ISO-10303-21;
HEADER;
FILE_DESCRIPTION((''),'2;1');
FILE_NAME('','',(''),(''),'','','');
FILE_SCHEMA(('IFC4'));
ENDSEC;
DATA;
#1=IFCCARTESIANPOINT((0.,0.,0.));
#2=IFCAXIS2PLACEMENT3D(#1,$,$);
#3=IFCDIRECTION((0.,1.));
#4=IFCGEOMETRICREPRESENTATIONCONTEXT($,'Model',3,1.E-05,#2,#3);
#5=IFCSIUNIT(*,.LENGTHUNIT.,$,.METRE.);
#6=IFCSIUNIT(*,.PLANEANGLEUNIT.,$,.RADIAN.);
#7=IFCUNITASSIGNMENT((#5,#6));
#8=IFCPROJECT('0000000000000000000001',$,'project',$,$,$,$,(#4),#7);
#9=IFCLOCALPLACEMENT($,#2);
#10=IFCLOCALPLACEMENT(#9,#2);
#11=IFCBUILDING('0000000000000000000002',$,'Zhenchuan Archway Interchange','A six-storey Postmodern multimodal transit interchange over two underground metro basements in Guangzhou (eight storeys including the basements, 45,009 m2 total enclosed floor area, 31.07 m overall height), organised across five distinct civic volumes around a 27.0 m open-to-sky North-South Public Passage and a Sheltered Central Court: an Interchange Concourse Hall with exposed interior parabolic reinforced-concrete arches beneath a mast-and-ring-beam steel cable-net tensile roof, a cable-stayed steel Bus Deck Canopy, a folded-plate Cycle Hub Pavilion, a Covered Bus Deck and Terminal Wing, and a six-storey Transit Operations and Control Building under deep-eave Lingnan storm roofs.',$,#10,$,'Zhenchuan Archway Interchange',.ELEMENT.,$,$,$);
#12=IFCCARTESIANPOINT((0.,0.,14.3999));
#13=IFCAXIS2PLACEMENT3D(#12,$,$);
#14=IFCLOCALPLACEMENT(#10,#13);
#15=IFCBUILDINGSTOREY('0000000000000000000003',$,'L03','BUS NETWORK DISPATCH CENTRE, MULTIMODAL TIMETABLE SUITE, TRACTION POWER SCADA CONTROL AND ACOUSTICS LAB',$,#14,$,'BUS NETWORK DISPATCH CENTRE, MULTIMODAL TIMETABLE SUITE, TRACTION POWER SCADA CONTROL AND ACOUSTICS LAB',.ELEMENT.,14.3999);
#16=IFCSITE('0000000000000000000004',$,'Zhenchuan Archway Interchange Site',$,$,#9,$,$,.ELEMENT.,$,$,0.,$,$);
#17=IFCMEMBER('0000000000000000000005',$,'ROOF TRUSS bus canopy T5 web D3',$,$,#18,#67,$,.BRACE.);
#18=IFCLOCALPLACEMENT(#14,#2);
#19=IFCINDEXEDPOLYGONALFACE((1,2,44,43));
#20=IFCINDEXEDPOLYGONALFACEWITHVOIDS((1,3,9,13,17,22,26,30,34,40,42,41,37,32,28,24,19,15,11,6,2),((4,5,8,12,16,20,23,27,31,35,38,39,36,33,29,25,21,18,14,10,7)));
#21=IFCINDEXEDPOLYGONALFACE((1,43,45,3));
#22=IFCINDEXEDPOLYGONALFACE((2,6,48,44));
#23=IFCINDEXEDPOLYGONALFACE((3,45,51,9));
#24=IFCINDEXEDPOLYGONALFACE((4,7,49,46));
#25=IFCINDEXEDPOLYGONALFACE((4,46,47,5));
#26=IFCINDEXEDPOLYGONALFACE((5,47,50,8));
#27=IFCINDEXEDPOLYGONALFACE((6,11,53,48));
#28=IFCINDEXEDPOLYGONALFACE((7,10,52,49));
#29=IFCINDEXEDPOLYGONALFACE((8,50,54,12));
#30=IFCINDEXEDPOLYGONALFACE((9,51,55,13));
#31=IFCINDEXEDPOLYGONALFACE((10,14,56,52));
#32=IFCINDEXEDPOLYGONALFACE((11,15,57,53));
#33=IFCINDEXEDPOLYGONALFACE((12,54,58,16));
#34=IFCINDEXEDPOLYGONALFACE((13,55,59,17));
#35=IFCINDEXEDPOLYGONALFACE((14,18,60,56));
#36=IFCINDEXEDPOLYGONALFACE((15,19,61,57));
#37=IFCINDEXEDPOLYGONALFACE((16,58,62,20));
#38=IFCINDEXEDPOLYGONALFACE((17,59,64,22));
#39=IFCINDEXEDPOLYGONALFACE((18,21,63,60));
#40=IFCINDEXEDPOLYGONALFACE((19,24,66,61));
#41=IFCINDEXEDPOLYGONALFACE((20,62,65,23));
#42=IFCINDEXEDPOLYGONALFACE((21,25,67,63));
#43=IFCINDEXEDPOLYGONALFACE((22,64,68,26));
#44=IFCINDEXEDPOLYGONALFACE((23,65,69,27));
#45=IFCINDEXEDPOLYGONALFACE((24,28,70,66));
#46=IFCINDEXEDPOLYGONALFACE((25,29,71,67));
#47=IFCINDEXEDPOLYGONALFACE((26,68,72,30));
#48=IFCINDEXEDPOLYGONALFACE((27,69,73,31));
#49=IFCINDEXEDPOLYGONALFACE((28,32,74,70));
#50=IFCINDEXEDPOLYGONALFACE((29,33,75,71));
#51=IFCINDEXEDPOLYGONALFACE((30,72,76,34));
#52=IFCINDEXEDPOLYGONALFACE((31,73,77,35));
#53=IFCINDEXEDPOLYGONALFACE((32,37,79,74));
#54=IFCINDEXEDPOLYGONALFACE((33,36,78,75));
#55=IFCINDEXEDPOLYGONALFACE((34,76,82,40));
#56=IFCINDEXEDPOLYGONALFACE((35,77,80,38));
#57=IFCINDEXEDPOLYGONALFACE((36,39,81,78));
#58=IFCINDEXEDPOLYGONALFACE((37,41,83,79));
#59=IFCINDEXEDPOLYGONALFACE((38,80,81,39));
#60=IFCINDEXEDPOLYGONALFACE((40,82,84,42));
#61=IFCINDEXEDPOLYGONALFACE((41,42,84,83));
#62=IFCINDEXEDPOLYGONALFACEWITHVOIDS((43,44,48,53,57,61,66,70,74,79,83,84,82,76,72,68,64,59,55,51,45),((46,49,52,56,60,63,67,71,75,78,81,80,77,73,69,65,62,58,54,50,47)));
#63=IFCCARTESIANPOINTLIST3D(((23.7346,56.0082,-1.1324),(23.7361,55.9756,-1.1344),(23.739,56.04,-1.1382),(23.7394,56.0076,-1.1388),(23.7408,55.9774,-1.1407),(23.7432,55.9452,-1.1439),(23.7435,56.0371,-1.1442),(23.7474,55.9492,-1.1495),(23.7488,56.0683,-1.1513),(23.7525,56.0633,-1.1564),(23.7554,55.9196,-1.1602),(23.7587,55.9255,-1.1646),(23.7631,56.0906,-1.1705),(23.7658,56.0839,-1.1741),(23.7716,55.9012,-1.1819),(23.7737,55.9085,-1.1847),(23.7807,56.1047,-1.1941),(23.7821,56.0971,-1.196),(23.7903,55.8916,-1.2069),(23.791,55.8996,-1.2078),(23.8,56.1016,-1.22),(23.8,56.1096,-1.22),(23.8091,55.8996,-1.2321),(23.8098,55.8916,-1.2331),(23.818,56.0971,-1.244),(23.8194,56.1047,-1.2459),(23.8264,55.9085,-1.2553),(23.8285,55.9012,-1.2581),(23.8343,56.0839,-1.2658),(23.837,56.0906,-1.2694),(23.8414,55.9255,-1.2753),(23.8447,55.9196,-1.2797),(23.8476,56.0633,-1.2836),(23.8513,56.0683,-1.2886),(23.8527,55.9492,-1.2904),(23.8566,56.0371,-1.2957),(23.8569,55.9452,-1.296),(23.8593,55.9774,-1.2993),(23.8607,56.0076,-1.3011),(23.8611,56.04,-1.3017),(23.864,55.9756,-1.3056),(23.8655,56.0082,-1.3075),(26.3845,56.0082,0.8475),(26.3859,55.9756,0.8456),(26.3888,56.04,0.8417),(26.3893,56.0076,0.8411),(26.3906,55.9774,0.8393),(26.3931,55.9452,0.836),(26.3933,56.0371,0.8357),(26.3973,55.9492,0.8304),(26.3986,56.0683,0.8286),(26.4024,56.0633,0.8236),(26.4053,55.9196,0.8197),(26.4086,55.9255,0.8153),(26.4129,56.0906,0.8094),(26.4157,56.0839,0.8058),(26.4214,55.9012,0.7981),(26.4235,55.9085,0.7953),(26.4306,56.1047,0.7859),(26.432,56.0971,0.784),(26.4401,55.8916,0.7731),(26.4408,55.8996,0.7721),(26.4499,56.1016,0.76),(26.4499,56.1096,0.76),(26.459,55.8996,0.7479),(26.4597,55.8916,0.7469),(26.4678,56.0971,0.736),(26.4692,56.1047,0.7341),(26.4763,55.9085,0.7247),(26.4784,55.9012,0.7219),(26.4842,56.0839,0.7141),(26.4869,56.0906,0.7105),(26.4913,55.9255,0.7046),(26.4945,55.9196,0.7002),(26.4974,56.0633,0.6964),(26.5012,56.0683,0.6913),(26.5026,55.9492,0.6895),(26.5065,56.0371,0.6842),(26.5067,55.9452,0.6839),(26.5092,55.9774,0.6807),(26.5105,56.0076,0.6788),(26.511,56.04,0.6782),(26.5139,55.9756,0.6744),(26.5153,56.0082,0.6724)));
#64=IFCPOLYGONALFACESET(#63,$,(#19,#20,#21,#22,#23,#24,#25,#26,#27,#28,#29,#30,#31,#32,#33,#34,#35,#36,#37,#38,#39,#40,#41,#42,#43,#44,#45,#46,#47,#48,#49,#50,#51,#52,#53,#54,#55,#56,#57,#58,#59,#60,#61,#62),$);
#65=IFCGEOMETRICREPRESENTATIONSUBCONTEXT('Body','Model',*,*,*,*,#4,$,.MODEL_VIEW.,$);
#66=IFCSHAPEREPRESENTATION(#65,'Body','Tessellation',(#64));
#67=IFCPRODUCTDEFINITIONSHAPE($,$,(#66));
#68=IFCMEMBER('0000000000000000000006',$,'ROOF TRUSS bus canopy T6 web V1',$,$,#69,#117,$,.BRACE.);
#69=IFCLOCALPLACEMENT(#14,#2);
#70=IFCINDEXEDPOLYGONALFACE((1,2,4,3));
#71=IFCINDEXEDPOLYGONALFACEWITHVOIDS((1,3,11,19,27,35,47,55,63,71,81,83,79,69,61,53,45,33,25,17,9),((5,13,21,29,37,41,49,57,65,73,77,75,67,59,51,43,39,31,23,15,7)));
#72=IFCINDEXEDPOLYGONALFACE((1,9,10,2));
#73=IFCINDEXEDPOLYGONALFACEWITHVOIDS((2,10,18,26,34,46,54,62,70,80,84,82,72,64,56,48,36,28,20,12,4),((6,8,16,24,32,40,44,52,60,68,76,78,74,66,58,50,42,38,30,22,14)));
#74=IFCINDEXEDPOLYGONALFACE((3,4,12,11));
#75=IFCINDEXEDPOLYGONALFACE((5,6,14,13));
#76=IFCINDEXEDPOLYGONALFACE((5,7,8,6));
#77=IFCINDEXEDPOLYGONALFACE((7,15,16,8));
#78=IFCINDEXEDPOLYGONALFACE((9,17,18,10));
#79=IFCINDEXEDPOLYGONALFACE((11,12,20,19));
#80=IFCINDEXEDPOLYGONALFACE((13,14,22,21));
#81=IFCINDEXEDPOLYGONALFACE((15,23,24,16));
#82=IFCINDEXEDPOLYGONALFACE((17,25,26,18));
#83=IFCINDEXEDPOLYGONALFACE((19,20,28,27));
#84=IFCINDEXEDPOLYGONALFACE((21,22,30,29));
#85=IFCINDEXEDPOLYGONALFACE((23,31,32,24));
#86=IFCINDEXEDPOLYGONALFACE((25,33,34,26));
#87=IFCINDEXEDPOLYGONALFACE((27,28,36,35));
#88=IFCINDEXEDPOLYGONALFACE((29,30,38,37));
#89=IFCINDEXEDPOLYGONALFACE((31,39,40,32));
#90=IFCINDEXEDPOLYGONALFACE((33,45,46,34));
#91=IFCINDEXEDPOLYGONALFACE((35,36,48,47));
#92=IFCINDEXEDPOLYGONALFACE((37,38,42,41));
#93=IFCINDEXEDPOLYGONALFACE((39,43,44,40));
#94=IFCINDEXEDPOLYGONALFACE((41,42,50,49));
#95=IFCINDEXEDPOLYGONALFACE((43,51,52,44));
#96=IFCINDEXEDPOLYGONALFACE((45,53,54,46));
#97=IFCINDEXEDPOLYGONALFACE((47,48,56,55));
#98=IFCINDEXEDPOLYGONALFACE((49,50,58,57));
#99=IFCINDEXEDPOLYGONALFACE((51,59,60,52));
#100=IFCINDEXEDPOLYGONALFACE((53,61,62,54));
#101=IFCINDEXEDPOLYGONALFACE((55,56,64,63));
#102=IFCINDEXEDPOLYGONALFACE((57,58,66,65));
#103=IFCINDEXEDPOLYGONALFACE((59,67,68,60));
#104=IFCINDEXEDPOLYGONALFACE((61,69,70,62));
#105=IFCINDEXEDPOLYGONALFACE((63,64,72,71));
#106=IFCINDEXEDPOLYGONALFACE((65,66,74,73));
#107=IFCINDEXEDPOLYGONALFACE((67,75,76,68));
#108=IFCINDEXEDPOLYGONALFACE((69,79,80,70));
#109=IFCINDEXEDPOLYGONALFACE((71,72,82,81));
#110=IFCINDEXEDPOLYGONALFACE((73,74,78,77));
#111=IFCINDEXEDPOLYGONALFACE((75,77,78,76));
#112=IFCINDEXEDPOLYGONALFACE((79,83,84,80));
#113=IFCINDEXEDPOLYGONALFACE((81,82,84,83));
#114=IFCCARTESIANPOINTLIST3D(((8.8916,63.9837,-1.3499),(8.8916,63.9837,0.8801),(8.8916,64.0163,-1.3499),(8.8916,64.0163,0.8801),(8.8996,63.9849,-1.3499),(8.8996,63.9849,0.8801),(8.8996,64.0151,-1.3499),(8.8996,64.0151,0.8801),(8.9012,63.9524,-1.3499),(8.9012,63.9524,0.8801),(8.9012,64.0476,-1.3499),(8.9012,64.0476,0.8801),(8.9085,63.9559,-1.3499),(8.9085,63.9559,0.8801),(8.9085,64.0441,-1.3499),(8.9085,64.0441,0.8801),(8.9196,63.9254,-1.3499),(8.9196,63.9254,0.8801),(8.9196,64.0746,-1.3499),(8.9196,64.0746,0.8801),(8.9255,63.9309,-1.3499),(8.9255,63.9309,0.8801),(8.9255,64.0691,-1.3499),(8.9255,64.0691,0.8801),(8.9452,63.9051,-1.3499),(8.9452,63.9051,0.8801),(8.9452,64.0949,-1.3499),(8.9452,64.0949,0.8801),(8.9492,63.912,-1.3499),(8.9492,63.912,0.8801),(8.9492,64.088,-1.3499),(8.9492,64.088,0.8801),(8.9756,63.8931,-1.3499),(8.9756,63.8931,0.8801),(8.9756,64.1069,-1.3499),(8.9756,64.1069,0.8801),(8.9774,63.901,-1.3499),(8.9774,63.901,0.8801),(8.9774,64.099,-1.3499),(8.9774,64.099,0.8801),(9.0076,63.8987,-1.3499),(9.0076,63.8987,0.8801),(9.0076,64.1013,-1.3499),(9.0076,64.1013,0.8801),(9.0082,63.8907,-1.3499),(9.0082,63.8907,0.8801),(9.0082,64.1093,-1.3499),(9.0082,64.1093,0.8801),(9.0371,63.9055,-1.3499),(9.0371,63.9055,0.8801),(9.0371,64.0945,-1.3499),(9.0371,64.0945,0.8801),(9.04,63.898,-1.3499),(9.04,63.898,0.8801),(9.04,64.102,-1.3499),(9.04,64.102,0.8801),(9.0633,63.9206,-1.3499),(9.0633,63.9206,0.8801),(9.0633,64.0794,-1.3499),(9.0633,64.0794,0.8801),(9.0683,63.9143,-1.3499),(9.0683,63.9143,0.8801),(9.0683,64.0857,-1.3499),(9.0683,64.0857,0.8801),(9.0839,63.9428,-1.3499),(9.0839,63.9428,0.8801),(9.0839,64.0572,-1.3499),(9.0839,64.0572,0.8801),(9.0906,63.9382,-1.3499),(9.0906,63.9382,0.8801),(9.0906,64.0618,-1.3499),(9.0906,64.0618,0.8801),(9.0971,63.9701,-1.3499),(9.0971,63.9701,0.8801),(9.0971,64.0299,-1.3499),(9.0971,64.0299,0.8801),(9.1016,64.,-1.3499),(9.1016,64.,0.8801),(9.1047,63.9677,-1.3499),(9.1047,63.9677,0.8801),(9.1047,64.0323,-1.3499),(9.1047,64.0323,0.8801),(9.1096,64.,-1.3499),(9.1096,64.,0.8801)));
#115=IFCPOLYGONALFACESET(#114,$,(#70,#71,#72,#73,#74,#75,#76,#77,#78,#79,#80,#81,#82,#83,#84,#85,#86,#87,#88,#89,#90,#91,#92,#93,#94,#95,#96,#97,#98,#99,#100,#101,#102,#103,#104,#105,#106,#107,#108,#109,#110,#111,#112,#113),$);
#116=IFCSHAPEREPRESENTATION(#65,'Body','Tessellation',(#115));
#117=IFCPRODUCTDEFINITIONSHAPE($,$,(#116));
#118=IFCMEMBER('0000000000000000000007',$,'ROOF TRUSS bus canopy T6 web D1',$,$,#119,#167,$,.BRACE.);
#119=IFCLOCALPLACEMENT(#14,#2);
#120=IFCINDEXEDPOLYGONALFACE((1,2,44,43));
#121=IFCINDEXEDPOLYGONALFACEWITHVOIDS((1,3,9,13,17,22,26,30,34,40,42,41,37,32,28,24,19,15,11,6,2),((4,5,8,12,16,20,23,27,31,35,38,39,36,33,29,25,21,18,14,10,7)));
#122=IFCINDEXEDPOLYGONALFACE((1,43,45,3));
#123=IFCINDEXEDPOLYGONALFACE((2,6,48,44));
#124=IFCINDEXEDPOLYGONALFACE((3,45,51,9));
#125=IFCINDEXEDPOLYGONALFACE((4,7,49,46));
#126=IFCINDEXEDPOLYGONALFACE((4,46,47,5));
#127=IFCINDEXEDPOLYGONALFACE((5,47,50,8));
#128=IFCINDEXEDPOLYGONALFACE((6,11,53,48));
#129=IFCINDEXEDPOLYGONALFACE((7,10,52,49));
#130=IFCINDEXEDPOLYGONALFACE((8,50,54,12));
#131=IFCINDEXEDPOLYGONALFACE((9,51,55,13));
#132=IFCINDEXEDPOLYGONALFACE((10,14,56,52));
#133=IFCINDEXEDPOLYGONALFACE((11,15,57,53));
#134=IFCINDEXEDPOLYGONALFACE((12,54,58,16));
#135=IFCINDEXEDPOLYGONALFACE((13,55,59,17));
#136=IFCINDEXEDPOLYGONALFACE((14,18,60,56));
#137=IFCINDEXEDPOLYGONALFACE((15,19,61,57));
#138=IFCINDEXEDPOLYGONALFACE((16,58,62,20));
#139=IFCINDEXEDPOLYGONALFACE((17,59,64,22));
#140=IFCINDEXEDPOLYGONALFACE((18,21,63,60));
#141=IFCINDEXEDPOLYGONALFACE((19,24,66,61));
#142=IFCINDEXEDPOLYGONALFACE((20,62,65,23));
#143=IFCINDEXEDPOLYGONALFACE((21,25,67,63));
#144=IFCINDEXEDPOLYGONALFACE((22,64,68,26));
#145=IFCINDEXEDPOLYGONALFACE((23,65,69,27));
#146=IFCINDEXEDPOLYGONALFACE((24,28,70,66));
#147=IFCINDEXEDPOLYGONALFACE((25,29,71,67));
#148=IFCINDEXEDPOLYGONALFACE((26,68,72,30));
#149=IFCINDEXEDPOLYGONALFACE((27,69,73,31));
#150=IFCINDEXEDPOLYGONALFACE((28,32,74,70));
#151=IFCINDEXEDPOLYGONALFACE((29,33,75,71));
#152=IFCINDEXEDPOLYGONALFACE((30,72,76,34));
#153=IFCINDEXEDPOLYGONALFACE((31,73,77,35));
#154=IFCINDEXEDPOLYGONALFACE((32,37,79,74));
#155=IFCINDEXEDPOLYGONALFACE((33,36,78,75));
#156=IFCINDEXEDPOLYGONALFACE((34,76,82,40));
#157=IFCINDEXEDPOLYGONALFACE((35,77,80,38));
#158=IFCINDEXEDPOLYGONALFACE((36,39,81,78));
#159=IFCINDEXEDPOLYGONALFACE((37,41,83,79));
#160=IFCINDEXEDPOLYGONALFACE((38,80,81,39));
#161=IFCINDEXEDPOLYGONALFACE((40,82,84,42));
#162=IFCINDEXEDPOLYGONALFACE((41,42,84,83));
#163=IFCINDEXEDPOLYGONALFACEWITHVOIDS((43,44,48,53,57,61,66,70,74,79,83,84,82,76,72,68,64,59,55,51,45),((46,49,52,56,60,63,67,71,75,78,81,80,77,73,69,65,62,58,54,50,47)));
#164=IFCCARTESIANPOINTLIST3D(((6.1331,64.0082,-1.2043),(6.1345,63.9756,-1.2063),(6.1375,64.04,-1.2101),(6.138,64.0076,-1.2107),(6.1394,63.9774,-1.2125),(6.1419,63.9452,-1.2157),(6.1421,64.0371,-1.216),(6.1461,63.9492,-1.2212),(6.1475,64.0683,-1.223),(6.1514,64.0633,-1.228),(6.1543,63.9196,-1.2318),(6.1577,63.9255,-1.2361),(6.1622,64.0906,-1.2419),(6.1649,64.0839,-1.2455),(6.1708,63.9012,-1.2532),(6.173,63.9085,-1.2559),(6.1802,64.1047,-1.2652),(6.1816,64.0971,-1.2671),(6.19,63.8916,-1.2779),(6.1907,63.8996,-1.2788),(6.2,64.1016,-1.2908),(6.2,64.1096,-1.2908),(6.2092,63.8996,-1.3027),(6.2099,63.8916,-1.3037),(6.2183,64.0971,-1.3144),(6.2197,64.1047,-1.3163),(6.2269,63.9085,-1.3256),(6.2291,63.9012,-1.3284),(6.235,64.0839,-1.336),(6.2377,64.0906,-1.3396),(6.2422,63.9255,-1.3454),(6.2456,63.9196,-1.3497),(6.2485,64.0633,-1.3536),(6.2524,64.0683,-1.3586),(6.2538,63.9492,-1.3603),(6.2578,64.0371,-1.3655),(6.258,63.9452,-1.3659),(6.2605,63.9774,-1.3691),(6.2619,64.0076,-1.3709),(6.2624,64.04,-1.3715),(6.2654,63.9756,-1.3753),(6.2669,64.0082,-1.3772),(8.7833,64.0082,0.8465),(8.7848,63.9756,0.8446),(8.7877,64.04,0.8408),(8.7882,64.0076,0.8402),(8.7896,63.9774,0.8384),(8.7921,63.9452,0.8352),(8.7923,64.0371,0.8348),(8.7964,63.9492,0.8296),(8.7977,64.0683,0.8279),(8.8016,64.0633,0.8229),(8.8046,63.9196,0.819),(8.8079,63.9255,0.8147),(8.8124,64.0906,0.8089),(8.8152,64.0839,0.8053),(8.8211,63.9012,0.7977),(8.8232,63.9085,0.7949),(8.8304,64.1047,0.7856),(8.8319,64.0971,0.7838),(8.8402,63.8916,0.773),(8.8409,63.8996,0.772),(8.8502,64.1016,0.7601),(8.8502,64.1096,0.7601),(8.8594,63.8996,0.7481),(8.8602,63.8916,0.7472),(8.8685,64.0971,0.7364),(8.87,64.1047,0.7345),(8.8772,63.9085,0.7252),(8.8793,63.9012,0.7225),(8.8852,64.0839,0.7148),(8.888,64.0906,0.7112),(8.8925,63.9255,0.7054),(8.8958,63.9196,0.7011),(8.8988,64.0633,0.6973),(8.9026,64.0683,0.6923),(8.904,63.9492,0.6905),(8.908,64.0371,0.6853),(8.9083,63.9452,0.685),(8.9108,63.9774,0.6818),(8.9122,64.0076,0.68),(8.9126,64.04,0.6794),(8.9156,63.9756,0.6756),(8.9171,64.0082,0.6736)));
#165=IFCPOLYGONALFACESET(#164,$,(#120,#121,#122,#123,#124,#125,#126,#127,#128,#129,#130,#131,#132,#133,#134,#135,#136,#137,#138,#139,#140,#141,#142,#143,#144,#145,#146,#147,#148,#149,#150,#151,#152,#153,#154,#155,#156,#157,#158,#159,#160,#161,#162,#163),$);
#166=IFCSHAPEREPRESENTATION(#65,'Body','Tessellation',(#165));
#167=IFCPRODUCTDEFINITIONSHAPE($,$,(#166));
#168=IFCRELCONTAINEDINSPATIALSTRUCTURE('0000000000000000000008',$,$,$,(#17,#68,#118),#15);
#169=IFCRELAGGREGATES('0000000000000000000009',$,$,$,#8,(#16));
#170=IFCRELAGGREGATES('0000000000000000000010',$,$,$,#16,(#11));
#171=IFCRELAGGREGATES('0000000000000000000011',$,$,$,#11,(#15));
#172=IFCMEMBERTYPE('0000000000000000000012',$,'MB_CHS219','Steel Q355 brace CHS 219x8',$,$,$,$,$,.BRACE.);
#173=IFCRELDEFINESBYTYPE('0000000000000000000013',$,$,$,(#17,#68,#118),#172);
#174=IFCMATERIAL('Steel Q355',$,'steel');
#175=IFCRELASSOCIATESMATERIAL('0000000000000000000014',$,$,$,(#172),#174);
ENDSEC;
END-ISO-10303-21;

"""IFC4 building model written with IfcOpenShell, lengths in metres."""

from ifc_helpers import new_model, si_unit, direction, frame, origin, origin_2d, place, context, subcontext, project, spatial, hollow_circle, extrude, material, material_profile, profile_set, type_object, element, save


model = new_model("IFC4")

# Units and contexts
model_context = context("Model", 3, precision=1e-05, world=origin(), true_north=direction((0.0, 1.0)))
body_context = subcontext(model_context, "Body", "Model", "MODEL_VIEW")
ifc_project = project(units=[si_unit("LENGTHUNIT", "METRE"), si_unit("PLANEANGLEUNIT", "RADIAN")], contexts=[model_context])

# Site, building, storey
site_placement = place(None, origin())
site = spatial("IfcSite", under=ifc_project, at=site_placement, Name="Zhenchuan Archway Interchange Site", CompositionType="ELEMENT", RefElevation=0.0)
building_placement = place(site_placement, origin())
building = spatial("IfcBuilding", under=site, at=building_placement, Name="Zhenchuan Archway Interchange", Description="A six-storey Postmodern multimodal transit interchange over two underground metro basements in Guangzhou (eight storeys including the basements, 45,009 m2 total enclosed floor area, 31.07 m overall height), organised across five distinct civic volumes around a 27.0 m open-to-sky North-South Public Passage and a Sheltered Central Court: an Interchange Concourse Hall with exposed interior parabolic reinforced-concrete arches beneath a mast-and-ring-beam steel cable-net tensile roof, a cable-stayed steel Bus Deck Canopy, a folded-plate Cycle Hub Pavilion, a Covered Bus Deck and Terminal Wing, and a six-storey Transit Operations and Control Building under deep-eave Lingnan storm roofs.", LongName="Zhenchuan Archway Interchange", CompositionType="ELEMENT")
storey_placement = place(building_placement, frame((0.0, 0.0, 14.3999)))
storey = spatial("IfcBuildingStorey", under=building, at=storey_placement, Name="L03", Description="BUS NETWORK DISPATCH CENTRE, MULTIMODAL TIMETABLE SUITE, TRACTION POWER SCADA CONTROL AND ACOUSTICS LAB", LongName="BUS NETWORK DISPATCH CENTRE, MULTIMODAL TIMETABLE SUITE, TRACTION POWER SCADA CONTROL AND ACOUSTICS LAB", CompositionType="ELEMENT", Elevation=14.3999)

# Shared definitions
ifc_material_1 = material(Name="Steel Q355", Category="steel")

# Members
ifc_material_profile_1 = material_profile(ifc_material_1, hollow_circle(Radius=0.1096, WallThickness=0.0081, at=origin_2d()), Name="CHS 219x8")
ifc_profile_set_1 = profile_set([ifc_material_profile_1], Name="Steel Q355")
member_type_1 = type_object("IfcMemberType", Name="MB_CHS219", Description="Steel Q355 brace CHS 219x8", PredefinedType="BRACE", material=ifc_profile_set_1)
member_1_placement = place(storey_placement, frame((23.8, 56.0, -1.22), z_axis=(0.801079, 0.0, 0.598558), x_axis=(0.0, 1.0, 0.0)))
element("IfcMember", 1, at=member_1_placement, inside=storey, type_object=member_type_1, Name="ROOF TRUSS bus canopy T5 web D3", PredefinedType="BRACE", context=body_context, shape_type="SweptSolid", body=[
    extrude(hollow_circle(Radius=0.1096, WallThickness=0.0081, at=origin_2d()), origin(), (0.0, 0.0, 1.0), 3.3079),
])
member_2_placement = place(storey_placement, frame((9.0, 64.0, -1.3499), z_axis=(0.0, 0.0, 1.0), x_axis=(1.0, 0.0, 0.0)))
element("IfcMember", 2, at=member_2_placement, inside=storey, type_object=member_type_1, Name="ROOF TRUSS bus canopy T6 web V1", PredefinedType="BRACE", context=body_context, shape_type="SweptSolid", body=[
    extrude(hollow_circle(Radius=0.1096, WallThickness=0.0081, at=origin_2d()), origin(), (0.0, 0.0, 1.0), 2.23),
])
member_3_placement = place(storey_placement, frame((6.2, 64.0, -1.2908), z_axis=(0.79086, 0.0, 0.611997), x_axis=(0.0, 1.0, 0.0)))
element("IfcMember", 3, at=member_3_placement, inside=storey, type_object=member_type_1, Name="ROOF TRUSS bus canopy T6 web D1", PredefinedType="BRACE", context=body_context, shape_type="SweptSolid", body=[
    extrude(hollow_circle(Radius=0.1096, WallThickness=0.0081, at=origin_2d()), origin(), (0.0, 0.0, 1.0), 3.3511),
])

save(model, "model.ifc")
